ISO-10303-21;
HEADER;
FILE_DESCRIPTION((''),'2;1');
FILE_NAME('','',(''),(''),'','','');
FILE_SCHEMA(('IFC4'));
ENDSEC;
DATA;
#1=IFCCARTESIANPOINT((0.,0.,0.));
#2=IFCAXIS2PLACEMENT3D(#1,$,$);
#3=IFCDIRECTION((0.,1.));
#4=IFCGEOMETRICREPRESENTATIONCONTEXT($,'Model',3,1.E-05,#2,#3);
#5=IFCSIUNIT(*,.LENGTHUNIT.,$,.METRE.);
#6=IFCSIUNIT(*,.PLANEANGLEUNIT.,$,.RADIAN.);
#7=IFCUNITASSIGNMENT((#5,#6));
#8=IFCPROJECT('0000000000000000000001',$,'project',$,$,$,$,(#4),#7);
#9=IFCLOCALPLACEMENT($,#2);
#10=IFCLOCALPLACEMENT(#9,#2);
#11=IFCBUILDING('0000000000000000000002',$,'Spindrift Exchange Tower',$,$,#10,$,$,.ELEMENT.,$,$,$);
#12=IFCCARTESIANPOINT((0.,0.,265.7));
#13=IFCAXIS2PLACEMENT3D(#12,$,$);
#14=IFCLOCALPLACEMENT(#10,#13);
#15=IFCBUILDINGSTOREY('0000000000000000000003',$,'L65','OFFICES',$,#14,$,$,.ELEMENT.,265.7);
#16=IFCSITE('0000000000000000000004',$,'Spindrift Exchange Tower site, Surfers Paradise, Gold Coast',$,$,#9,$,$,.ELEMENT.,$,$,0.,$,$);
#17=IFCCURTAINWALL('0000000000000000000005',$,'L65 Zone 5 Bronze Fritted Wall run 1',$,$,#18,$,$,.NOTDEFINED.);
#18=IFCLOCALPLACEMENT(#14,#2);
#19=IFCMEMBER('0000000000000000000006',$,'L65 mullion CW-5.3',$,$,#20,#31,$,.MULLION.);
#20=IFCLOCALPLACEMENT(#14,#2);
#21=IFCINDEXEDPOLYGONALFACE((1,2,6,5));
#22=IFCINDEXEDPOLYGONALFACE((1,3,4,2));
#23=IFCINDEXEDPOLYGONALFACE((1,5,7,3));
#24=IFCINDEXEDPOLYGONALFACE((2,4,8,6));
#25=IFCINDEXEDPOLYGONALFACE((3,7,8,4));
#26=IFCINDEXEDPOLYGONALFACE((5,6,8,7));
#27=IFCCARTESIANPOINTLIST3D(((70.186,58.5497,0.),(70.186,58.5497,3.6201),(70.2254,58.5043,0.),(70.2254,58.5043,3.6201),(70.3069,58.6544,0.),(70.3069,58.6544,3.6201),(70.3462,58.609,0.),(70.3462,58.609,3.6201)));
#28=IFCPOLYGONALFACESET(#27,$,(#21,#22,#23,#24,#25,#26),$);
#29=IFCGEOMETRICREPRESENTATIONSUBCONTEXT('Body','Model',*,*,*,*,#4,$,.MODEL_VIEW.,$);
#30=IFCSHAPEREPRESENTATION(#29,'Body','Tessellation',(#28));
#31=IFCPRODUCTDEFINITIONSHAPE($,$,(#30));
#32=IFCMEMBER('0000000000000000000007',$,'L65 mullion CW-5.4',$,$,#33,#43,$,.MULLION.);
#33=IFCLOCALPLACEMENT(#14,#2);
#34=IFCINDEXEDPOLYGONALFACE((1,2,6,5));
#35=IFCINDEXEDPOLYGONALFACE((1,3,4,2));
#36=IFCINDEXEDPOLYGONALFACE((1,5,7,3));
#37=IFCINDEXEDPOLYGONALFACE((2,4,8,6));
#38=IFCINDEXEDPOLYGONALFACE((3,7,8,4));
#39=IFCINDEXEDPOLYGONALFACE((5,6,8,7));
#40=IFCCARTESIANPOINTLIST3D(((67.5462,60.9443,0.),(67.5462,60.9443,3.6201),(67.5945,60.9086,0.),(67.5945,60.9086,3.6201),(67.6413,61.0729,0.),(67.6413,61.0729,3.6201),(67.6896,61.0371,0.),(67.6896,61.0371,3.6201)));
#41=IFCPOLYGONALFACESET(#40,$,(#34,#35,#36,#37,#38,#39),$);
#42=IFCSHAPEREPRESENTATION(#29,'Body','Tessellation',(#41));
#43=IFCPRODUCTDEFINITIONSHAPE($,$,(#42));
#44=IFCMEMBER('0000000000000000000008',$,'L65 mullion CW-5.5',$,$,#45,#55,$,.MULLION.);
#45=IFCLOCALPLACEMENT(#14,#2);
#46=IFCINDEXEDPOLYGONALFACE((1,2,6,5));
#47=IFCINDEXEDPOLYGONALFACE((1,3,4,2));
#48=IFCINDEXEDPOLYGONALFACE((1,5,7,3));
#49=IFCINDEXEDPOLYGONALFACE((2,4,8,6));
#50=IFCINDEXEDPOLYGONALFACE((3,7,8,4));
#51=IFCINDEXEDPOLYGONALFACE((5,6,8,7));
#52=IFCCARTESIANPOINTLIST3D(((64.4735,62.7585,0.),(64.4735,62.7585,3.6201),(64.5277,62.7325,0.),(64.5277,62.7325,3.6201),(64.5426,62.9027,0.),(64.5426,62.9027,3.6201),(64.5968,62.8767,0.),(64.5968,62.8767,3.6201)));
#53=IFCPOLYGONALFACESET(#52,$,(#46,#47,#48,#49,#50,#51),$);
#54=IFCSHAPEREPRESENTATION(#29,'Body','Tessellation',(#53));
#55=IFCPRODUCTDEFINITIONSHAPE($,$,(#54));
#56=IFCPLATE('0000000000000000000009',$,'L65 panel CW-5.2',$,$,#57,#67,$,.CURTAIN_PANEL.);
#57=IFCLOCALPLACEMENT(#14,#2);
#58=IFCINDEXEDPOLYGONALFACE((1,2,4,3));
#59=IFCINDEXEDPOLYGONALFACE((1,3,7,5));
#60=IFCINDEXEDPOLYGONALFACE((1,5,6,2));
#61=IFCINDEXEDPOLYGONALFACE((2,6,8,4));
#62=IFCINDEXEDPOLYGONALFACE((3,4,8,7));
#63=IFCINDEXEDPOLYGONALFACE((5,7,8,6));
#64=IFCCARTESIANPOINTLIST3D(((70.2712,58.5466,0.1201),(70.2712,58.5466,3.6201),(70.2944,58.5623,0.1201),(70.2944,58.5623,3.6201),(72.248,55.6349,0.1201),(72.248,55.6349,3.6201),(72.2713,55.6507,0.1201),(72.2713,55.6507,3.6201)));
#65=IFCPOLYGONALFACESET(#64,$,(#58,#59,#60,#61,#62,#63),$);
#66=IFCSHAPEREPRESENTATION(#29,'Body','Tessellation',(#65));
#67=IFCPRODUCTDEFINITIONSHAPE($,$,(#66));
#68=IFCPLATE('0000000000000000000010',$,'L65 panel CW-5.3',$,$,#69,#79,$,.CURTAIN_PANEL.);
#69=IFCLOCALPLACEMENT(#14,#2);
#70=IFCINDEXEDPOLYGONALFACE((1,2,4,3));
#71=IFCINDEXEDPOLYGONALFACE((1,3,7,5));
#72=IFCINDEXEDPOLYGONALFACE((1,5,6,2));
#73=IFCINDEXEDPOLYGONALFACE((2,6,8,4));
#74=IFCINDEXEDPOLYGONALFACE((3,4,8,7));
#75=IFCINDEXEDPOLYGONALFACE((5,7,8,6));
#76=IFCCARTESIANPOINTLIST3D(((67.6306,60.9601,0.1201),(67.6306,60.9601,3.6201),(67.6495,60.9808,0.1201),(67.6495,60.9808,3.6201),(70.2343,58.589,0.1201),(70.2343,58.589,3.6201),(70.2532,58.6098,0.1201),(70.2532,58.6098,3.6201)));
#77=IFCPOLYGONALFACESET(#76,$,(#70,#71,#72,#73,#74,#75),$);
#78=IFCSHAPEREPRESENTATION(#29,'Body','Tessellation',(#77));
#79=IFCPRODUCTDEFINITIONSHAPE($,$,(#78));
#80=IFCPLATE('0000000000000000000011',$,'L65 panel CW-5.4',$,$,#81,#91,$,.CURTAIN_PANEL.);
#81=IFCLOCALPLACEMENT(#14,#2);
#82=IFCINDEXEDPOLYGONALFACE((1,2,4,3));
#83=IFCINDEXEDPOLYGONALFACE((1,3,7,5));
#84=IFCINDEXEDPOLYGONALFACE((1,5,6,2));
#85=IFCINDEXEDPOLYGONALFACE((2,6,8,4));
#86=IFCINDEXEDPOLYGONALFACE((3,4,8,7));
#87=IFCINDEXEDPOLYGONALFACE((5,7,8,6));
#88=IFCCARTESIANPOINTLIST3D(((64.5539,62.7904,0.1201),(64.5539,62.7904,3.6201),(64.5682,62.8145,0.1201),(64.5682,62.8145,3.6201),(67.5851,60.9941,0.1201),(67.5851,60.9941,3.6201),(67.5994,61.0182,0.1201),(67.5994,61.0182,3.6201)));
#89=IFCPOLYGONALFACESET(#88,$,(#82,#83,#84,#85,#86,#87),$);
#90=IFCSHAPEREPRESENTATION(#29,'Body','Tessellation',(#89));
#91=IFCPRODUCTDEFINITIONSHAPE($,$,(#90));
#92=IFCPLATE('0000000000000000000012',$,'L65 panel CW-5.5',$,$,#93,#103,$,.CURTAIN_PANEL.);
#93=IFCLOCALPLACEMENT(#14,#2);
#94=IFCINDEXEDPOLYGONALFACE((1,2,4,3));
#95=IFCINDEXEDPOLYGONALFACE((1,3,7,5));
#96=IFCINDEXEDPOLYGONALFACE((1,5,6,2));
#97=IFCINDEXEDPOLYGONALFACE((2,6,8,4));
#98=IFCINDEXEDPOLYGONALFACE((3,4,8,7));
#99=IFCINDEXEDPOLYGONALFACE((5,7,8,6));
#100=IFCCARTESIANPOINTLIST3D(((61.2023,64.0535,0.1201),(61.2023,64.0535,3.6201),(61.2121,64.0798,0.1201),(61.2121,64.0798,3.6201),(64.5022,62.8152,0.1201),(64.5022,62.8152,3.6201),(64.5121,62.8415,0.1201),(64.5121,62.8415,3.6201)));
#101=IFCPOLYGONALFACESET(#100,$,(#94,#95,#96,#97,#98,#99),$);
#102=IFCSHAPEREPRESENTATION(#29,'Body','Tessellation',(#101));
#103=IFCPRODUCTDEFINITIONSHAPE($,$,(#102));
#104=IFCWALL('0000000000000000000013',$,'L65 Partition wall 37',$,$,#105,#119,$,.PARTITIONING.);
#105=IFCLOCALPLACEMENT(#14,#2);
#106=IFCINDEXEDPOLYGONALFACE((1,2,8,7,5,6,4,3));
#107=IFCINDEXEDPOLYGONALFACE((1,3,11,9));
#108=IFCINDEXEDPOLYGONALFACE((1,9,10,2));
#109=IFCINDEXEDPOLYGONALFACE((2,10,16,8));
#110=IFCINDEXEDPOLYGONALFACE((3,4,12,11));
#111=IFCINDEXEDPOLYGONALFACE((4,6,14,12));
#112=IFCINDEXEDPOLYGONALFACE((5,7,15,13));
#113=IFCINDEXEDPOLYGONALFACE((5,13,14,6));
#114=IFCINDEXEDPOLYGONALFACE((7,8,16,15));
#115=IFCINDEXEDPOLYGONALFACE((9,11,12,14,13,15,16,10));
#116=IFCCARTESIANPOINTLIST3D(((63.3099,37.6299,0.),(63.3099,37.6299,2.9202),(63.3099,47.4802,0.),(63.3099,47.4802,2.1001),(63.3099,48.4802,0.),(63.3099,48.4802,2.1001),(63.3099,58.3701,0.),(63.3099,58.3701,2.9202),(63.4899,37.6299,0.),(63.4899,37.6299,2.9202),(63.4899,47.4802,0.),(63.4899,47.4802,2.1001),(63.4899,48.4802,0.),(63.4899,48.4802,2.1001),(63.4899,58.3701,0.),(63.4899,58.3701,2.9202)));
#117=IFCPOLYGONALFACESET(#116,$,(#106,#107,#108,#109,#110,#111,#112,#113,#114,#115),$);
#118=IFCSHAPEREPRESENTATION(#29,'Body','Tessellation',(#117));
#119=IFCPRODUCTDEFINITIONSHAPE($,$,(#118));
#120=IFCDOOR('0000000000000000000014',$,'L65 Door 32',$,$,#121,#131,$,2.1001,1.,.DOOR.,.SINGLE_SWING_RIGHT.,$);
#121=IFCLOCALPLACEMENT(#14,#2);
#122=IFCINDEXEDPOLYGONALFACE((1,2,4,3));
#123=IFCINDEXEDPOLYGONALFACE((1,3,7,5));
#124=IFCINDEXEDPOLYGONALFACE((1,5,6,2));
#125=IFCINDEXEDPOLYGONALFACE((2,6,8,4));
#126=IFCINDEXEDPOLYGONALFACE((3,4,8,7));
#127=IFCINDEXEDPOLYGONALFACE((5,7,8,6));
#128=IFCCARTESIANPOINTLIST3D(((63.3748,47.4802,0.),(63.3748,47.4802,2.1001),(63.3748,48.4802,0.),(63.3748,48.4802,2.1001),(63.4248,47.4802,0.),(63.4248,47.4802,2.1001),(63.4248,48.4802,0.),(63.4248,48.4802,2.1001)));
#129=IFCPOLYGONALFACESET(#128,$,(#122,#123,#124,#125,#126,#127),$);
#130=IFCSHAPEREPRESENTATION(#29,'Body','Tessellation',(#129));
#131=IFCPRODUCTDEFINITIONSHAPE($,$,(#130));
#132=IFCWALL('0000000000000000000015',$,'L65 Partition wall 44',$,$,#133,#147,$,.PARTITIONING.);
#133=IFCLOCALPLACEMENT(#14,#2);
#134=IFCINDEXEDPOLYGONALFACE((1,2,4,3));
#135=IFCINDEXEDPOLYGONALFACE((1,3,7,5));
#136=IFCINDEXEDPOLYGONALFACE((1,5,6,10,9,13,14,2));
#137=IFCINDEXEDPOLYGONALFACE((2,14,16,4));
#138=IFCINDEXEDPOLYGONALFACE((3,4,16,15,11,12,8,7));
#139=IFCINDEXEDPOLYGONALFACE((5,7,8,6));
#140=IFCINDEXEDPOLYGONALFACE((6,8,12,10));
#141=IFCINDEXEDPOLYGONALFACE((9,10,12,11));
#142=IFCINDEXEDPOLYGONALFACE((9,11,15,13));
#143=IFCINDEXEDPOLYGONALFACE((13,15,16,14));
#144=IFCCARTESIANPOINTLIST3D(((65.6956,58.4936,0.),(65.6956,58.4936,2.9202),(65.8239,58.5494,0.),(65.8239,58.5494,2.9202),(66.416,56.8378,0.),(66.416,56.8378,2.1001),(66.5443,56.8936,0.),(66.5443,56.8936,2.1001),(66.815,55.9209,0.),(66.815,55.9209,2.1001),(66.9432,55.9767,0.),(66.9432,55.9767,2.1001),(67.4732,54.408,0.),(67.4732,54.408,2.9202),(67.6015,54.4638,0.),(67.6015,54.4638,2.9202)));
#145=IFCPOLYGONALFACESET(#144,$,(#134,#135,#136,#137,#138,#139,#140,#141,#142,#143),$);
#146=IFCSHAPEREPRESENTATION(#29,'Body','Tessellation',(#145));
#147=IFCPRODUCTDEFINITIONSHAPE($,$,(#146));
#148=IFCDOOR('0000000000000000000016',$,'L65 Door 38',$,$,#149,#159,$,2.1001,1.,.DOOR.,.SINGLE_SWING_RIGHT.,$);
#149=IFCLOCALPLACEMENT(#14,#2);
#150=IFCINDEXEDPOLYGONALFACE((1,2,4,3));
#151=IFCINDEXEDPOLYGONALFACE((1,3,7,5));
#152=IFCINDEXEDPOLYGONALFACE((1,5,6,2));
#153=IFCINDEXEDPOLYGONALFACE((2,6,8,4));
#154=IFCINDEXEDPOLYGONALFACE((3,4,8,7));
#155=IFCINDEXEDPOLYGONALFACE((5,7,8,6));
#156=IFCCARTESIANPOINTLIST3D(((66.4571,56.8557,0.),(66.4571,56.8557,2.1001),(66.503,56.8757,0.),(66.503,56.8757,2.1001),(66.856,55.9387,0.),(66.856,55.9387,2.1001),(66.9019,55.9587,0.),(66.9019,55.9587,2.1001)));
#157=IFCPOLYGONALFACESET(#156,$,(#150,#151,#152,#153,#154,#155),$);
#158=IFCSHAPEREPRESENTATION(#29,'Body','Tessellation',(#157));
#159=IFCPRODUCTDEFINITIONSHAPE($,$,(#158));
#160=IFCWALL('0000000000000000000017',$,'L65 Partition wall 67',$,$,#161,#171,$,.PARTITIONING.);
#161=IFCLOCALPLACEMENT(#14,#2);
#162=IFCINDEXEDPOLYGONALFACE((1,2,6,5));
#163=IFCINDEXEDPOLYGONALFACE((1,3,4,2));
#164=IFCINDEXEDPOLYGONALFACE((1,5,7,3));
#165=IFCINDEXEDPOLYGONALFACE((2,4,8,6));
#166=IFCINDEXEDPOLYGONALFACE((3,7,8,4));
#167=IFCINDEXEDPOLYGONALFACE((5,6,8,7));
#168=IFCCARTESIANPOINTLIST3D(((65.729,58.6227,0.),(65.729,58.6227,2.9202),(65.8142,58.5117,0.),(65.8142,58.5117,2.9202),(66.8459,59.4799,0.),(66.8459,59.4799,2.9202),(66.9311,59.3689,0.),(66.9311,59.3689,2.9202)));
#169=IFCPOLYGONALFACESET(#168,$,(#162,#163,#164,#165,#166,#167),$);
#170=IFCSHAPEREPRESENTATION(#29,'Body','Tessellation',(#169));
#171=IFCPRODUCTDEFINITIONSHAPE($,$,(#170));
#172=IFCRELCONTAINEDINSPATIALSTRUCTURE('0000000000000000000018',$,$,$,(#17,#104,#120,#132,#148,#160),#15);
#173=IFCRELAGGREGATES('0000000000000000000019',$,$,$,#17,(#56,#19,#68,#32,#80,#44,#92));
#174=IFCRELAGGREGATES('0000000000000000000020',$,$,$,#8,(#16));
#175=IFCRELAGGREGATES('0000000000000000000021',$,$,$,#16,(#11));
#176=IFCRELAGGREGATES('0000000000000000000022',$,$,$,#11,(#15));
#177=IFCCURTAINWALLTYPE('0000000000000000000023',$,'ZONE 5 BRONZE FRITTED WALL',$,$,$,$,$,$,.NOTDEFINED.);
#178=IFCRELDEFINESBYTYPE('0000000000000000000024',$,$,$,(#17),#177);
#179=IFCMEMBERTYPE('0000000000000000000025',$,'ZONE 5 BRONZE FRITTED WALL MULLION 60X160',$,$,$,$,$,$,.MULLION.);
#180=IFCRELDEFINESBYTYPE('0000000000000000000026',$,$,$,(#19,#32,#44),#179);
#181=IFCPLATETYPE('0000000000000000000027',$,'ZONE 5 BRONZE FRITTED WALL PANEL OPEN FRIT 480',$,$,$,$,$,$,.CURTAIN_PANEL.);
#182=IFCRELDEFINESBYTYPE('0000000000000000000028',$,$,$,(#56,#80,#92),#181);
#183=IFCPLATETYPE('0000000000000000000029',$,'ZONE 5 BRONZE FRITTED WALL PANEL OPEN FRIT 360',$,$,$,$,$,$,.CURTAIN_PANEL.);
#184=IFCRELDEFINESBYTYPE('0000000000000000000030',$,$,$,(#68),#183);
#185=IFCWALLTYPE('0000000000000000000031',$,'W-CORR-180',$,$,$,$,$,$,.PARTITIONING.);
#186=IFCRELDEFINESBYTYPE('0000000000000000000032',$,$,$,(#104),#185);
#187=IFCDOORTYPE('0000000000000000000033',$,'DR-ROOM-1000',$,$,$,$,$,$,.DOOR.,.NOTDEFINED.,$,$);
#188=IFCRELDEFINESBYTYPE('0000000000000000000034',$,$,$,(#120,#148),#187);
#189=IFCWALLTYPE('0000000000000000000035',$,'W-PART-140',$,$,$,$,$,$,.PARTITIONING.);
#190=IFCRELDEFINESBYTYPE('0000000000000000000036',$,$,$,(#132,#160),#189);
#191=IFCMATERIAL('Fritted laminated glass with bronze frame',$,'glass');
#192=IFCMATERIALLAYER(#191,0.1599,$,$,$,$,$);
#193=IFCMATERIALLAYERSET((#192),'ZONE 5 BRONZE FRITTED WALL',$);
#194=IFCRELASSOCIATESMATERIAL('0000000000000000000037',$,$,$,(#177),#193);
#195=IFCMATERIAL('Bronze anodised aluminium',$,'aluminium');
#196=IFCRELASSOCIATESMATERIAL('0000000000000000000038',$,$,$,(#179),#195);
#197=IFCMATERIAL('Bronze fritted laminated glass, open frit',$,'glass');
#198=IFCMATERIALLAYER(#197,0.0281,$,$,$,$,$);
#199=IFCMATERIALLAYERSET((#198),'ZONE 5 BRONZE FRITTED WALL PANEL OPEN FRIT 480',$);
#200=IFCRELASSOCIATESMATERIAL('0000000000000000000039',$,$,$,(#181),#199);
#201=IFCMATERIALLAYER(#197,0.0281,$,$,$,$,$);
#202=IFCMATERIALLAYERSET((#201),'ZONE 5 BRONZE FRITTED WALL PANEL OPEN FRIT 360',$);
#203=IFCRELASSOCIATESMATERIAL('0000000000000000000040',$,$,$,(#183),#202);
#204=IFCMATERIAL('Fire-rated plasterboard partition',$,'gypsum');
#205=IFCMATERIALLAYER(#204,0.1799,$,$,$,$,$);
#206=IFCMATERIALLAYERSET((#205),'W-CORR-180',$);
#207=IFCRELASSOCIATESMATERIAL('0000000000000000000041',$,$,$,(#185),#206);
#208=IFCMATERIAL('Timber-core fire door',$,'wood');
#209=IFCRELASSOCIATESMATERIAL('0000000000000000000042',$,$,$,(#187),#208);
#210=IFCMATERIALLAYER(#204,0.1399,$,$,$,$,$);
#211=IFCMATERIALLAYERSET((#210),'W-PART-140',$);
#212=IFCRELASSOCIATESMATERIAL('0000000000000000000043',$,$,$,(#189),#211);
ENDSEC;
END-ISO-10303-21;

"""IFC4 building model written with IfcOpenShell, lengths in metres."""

from ifc_helpers import new_model, si_unit, direction, frame, frame_2d, origin, origin_2d, place, context, subcontext, project, spatial, rectangle, extrude, source, transform, mapped, material, layer, layer_set, material_profile, profile_set, type_object, element, fill, aggregate, save


model = new_model("IFC4")

# Units and contexts
model_context = context("Model", 3, precision=1e-05, world=origin(), true_north=direction((0.0, 1.0)))
body_context = subcontext(model_context, "Body", "Model", "MODEL_VIEW")
ifc_project = project(units=[si_unit("LENGTHUNIT", "METRE"), si_unit("PLANEANGLEUNIT", "RADIAN")], contexts=[model_context])

# Site, building, storey
site_placement = place(None, origin())
site = spatial("IfcSite", under=ifc_project, at=site_placement, Name="Spindrift Exchange Tower site, Surfers Paradise, Gold Coast", CompositionType="ELEMENT", RefElevation=0.0)
building_placement = place(site_placement, origin())
building = spatial("IfcBuilding", under=site, at=building_placement, Name="Spindrift Exchange Tower", CompositionType="ELEMENT")
storey_placement = place(building_placement, frame((0.0, 0.0, 265.7)))
storey = spatial("IfcBuildingStorey", under=building, at=storey_placement, Name="L65", Description="OFFICES", CompositionType="ELEMENT", Elevation=265.7)

# Curtain wall, members, plates
ifc_material_1 = material(Name="Fritted laminated glass with bronze frame", Category="glass")
ifc_layer_1 = layer(ifc_material_1, 0.1599)
ifc_layer_set_1 = layer_set([ifc_layer_1], Name="ZONE 5 BRONZE FRITTED WALL")
curtain_wall_type = type_object("IfcCurtainWallType", Name="ZONE 5 BRONZE FRITTED WALL", PredefinedType="NOTDEFINED", material=ifc_layer_set_1)
curtain_wall_placement = place(storey_placement, origin())
curtain_wall = element("IfcCurtainWall", 1, at=curtain_wall_placement, inside=storey, type_object=curtain_wall_type, Name="L65 Zone 5 Bronze Fritted Wall run 1", PredefinedType="NOTDEFINED")
ifc_material_2 = material(Name="Bronze anodised aluminium", Category="aluminium")
ifc_material_profile_1 = material_profile(ifc_material_2, rectangle(XDim=0.0601, YDim=0.1599, at=origin_2d()), Name="ZONE 5 BRONZE FRITTED WALL MULLION 60X160")
ifc_profile_set_1 = profile_set([ifc_material_profile_1], Name="Bronze anodised aluminium")
member_type_1 = type_object("IfcMemberType", Name="ZONE 5 BRONZE FRITTED WALL MULLION 60X160", PredefinedType="MULLION", material=ifc_profile_set_1)
shared_shape_1 = source(origin(), body_context, "Body", "SweptSolid", [
    extrude(rectangle(XDim=0.0601, YDim=0.1599, at=origin_2d()), origin(), (0.0, 0.0, 1.0), 3.6201),
])
member_1_placement = place(storey_placement, frame((70.2661, 58.5793, 0.0), z_axis=(0.0, 0.0, 1.0), x_axis=(-0.655075, 0.755564, 0.0)))
member_1 = element("IfcMember", 2, at=member_1_placement, type_object=member_type_1, Name="L65 mullion CW-5.3", PredefinedType="MULLION", context=body_context, shape_type="MappedRepresentation", body=[
    mapped(shared_shape_1, transform((0.0, 0.0, 0.0), scale=1.0)),
])
member_2_placement = place(storey_placement, frame((67.6179, 60.9907, 0.0), z_axis=(0.0, 0.0, 1.0), x_axis=(-0.803986, 0.594649, 0.0)))
member_2 = element("IfcMember", 3, at=member_2_placement, type_object=member_type_1, Name="L65 mullion CW-5.4", PredefinedType="MULLION", context=body_context, shape_type="MappedRepresentation", body=[
    mapped(shared_shape_1, transform((0.0, 0.0, 0.0), scale=1.0)),
])
member_3_placement = place(storey_placement, frame((64.5352, 62.8176, 0.0), z_axis=(0.0, 0.0, 1.0), x_axis=(-0.901758, 0.432242, 0.0)))
member_3 = element("IfcMember", 4, at=member_3_placement, type_object=member_type_1, Name="L65 mullion CW-5.5", PredefinedType="MULLION", context=body_context, shape_type="MappedRepresentation", body=[
    mapped(shared_shape_1, transform((0.0, 0.0, 0.0), scale=1.0)),
])
ifc_material_3 = material(Name="Bronze fritted laminated glass, open frit", Category="glass")
ifc_layer_2 = layer(ifc_material_3, 0.0281)
ifc_layer_set_2 = layer_set([ifc_layer_2], Name="ZONE 5 BRONZE FRITTED WALL PANEL OPEN FRIT 480")
plate_type_1 = type_object("IfcPlateType", Name="ZONE 5 BRONZE FRITTED WALL PANEL OPEN FRIT 480", PredefinedType="CURTAIN_PANEL", material=ifc_layer_set_2)
shared_shape_2 = source(origin(), body_context, "Body", "SweptSolid", [
    extrude(rectangle(XDim=3.5193, YDim=0.0281, at=origin_2d()), origin(), (0.0, 0.0, 1.0), 3.5),
])
plate_1_placement = place(storey_placement, frame((71.2712, 57.0986, 0.1201), z_axis=(0.0, 0.0, 1.0), x_axis=(-0.561715, 0.827331, 0.0)))
plate_1 = element("IfcPlate", 5, at=plate_1_placement, type_object=plate_type_1, Name="L65 panel CW-5.2", PredefinedType="CURTAIN_PANEL", context=body_context, shape_type="MappedRepresentation", body=[
    mapped(shared_shape_2, transform((0.0, 0.0, 0.0), scale=1.0)),
])
ifc_layer_3 = layer(ifc_material_3, 0.0281)
ifc_layer_set_3 = layer_set([ifc_layer_3], Name="ZONE 5 BRONZE FRITTED WALL PANEL OPEN FRIT 360")
plate_type_2 = type_object("IfcPlateType", Name="ZONE 5 BRONZE FRITTED WALL PANEL OPEN FRIT 360", PredefinedType="CURTAIN_PANEL", material=ifc_layer_set_3)
shared_shape_3 = source(origin(), body_context, "Body", "SweptSolid", [
    extrude(rectangle(XDim=3.5215, YDim=0.0281, at=origin_2d()), origin(), (0.0, 0.0, 1.0), 3.5),
])
plate_2_placement = place(storey_placement, frame((68.9419, 59.7849, 0.1201), z_axis=(0.0, 0.0, 1.0), x_axis=(-0.739353, 0.673318, 0.0)))
plate_2 = element("IfcPlate", 6, at=plate_2_placement, type_object=plate_type_2, Name="L65 panel CW-5.3", PredefinedType="CURTAIN_PANEL", context=body_context, shape_type="MappedRepresentation", body=[
    mapped(shared_shape_3, transform((0.0, 0.0, 0.0), scale=1.0)),
])
shared_shape_4 = source(origin(), body_context, "Body", "SweptSolid", [
    extrude(rectangle(XDim=3.5234, YDim=0.0281, at=origin_2d()), origin(), (0.0, 0.0, 1.0), 3.5),
])
plate_3_placement = place(storey_placement, frame((66.0767, 61.9043, 0.1201), z_axis=(0.0, 0.0, 1.0), x_axis=(-0.860285, 0.509813, 0.0)))
plate_3 = element("IfcPlate", 7, at=plate_3_placement, type_object=plate_type_1, Name="L65 panel CW-5.4", PredefinedType="CURTAIN_PANEL", context=body_context, shape_type="MappedRepresentation", body=[
    mapped(shared_shape_4, transform((0.0, 0.0, 0.0), scale=1.0)),
])
shared_shape_5 = source(origin(), body_context, "Body", "SweptSolid", [
    extrude(rectangle(XDim=3.5247, YDim=0.0281, at=origin_2d()), origin(), (0.0, 0.0, 1.0), 3.5),
])
plate_4_placement = place(storey_placement, frame((62.8572, 63.4475, 0.1201), z_axis=(0.0, 0.0, 1.0), x_axis=(-0.936253, 0.351325, 0.0)))
plate_4 = element("IfcPlate", 8, at=plate_4_placement, type_object=plate_type_1, Name="L65 panel CW-5.5", PredefinedType="CURTAIN_PANEL", context=body_context, shape_type="MappedRepresentation", body=[
    mapped(shared_shape_5, transform((0.0, 0.0, 0.0), scale=1.0)),
])
aggregate(curtain_wall, [plate_1, member_1, plate_2, member_2, plate_3, member_3, plate_4])

# Walls, openings, doors
ifc_material_4 = material(Name="Fire-rated plasterboard partition", Category="gypsum")
ifc_layer_4 = layer(ifc_material_4, 0.1799)
ifc_layer_set_4 = layer_set([ifc_layer_4], Name="W-CORR-180")
wall_type_1 = type_object("IfcWallType", Name="W-CORR-180", PredefinedType="PARTITIONING", material=ifc_layer_set_4)
wall_1_placement = place(storey_placement, frame((63.3999, 58.3701, 0.0), z_axis=(0.0, 0.0, 1.0), x_axis=(0.0, -1.0, 0.0)))
wall_1 = element("IfcWall", 9, at=wall_1_placement, inside=storey, type_object=wall_type_1, Name="L65 Partition wall 37", PredefinedType="PARTITIONING", context=body_context, shape_type="SweptSolid", body=[
    extrude(rectangle(XDim=20.7402, YDim=0.1799, at=frame_2d((10.3701, 0.0))), origin(), (0.0, 0.0, 1.0), 2.9202),
])
opening_1_placement = place(wall_1_placement, frame((9.8899, 0.0, 0.0)))
opening_1 = element("IfcOpeningElement", 10, at=opening_1_placement, cuts=wall_1, PredefinedType="OPENING", context=body_context, shape_type="SweptSolid", body=[
    extrude(rectangle(XDim=1.0, YDim=2.1001, at=frame_2d((0.5, 1.05))), frame((0.0, 0.0999, 0.0), z_axis=(0.0, -1.0, 0.0), x_axis=(1.0, 0.0, 0.0)), (0.0, 0.0, 1.0), 0.2),
])
ifc_material_5 = material(Name="Timber-core fire door", Category="wood")
door_type = type_object("IfcDoorType", Name="DR-ROOM-1000", OperationType="NOTDEFINED", PredefinedType="DOOR", material=ifc_material_5)
shared_shape_6 = source(origin(), body_context, "Body", "SweptSolid", [
    extrude(rectangle(XDim=1.0, YDim=2.1001, at=frame_2d((0.5, 1.05))), frame((0.0, 0.0249, 0.0), z_axis=(0.0, -1.0, 0.0), x_axis=(1.0, 0.0, 0.0)), (0.0, 0.0, 1.0), 0.05),
])
door_1_placement = place(opening_1_placement, origin())
door_1 = element("IfcDoor", 11, at=door_1_placement, inside=storey, type_object=door_type, Name="L65 Door 32", OperationType="SINGLE_SWING_RIGHT", OverallHeight=2.1001, OverallWidth=1.0, PredefinedType="DOOR", context=body_context, shape_type="MappedRepresentation", body=[
    mapped(shared_shape_6, transform((0.0, 0.0, 0.0), scale=1.0)),
])
fill(opening_1, door_1)
ifc_layer_5 = layer(ifc_material_4, 0.1399)
ifc_layer_set_5 = layer_set([ifc_layer_5], Name="W-PART-140")
wall_type_2 = type_object("IfcWallType", Name="W-PART-140", PredefinedType="PARTITIONING", material=ifc_layer_set_5)
wall_2_placement = place(storey_placement, frame((65.7598, 58.5215, 0.0), z_axis=(0.0, 0.0, 1.0), x_axis=(0.398953, -0.916972, 0.0)))
wall_2 = element("IfcWall", 12, at=wall_2_placement, inside=storey, type_object=wall_type_2, Name="L65 Partition wall 44", PredefinedType="PARTITIONING", context=body_context, shape_type="SweptSolid", body=[
    extrude(rectangle(XDim=4.4556, YDim=0.1399, at=frame_2d((2.2278, 0.0))), origin(), (0.0, 0.0, 1.0), 2.9202),
])
opening_2_placement = place(wall_2_placement, frame((1.8057, 0.0, 0.0)))
opening_2 = element("IfcOpeningElement", 13, at=opening_2_placement, cuts=wall_2, PredefinedType="OPENING", context=body_context, shape_type="SweptSolid", body=[
    extrude(rectangle(XDim=1.0, YDim=2.1001, at=frame_2d((0.5, 1.05))), frame((0.0, 0.0798, 0.0), z_axis=(0.0, -1.0, 0.0), x_axis=(1.0, 0.0, 0.0)), (0.0, 0.0, 1.0), 0.1599),
])
door_2_placement = place(opening_2_placement, origin())
door_2 = element("IfcDoor", 14, at=door_2_placement, inside=storey, type_object=door_type, Name="L65 Door 38", OperationType="SINGLE_SWING_RIGHT", OverallHeight=2.1001, OverallWidth=1.0, PredefinedType="DOOR", context=body_context, shape_type="MappedRepresentation", body=[
    mapped(shared_shape_6, transform((0.0, 0.0, 0.0), scale=1.0)),
])
fill(opening_2, door_2)

# Wall
wall_3_placement = place(storey_placement, frame((65.7715, 58.5671, 0.0), z_axis=(0.0, 0.0, 1.0), x_axis=(0.793313, 0.608814, 0.0)))
element("IfcWall", 15, at=wall_3_placement, inside=storey, type_object=wall_type_2, Name="L65 Partition wall 67", PredefinedType="PARTITIONING", context=body_context, shape_type="SweptSolid", body=[
    extrude(rectangle(XDim=1.408, YDim=0.1399, at=frame_2d((0.7041, 0.0))), origin(), (0.0, 0.0, 1.0), 2.9202),
])

save(model, "model.ifc")
